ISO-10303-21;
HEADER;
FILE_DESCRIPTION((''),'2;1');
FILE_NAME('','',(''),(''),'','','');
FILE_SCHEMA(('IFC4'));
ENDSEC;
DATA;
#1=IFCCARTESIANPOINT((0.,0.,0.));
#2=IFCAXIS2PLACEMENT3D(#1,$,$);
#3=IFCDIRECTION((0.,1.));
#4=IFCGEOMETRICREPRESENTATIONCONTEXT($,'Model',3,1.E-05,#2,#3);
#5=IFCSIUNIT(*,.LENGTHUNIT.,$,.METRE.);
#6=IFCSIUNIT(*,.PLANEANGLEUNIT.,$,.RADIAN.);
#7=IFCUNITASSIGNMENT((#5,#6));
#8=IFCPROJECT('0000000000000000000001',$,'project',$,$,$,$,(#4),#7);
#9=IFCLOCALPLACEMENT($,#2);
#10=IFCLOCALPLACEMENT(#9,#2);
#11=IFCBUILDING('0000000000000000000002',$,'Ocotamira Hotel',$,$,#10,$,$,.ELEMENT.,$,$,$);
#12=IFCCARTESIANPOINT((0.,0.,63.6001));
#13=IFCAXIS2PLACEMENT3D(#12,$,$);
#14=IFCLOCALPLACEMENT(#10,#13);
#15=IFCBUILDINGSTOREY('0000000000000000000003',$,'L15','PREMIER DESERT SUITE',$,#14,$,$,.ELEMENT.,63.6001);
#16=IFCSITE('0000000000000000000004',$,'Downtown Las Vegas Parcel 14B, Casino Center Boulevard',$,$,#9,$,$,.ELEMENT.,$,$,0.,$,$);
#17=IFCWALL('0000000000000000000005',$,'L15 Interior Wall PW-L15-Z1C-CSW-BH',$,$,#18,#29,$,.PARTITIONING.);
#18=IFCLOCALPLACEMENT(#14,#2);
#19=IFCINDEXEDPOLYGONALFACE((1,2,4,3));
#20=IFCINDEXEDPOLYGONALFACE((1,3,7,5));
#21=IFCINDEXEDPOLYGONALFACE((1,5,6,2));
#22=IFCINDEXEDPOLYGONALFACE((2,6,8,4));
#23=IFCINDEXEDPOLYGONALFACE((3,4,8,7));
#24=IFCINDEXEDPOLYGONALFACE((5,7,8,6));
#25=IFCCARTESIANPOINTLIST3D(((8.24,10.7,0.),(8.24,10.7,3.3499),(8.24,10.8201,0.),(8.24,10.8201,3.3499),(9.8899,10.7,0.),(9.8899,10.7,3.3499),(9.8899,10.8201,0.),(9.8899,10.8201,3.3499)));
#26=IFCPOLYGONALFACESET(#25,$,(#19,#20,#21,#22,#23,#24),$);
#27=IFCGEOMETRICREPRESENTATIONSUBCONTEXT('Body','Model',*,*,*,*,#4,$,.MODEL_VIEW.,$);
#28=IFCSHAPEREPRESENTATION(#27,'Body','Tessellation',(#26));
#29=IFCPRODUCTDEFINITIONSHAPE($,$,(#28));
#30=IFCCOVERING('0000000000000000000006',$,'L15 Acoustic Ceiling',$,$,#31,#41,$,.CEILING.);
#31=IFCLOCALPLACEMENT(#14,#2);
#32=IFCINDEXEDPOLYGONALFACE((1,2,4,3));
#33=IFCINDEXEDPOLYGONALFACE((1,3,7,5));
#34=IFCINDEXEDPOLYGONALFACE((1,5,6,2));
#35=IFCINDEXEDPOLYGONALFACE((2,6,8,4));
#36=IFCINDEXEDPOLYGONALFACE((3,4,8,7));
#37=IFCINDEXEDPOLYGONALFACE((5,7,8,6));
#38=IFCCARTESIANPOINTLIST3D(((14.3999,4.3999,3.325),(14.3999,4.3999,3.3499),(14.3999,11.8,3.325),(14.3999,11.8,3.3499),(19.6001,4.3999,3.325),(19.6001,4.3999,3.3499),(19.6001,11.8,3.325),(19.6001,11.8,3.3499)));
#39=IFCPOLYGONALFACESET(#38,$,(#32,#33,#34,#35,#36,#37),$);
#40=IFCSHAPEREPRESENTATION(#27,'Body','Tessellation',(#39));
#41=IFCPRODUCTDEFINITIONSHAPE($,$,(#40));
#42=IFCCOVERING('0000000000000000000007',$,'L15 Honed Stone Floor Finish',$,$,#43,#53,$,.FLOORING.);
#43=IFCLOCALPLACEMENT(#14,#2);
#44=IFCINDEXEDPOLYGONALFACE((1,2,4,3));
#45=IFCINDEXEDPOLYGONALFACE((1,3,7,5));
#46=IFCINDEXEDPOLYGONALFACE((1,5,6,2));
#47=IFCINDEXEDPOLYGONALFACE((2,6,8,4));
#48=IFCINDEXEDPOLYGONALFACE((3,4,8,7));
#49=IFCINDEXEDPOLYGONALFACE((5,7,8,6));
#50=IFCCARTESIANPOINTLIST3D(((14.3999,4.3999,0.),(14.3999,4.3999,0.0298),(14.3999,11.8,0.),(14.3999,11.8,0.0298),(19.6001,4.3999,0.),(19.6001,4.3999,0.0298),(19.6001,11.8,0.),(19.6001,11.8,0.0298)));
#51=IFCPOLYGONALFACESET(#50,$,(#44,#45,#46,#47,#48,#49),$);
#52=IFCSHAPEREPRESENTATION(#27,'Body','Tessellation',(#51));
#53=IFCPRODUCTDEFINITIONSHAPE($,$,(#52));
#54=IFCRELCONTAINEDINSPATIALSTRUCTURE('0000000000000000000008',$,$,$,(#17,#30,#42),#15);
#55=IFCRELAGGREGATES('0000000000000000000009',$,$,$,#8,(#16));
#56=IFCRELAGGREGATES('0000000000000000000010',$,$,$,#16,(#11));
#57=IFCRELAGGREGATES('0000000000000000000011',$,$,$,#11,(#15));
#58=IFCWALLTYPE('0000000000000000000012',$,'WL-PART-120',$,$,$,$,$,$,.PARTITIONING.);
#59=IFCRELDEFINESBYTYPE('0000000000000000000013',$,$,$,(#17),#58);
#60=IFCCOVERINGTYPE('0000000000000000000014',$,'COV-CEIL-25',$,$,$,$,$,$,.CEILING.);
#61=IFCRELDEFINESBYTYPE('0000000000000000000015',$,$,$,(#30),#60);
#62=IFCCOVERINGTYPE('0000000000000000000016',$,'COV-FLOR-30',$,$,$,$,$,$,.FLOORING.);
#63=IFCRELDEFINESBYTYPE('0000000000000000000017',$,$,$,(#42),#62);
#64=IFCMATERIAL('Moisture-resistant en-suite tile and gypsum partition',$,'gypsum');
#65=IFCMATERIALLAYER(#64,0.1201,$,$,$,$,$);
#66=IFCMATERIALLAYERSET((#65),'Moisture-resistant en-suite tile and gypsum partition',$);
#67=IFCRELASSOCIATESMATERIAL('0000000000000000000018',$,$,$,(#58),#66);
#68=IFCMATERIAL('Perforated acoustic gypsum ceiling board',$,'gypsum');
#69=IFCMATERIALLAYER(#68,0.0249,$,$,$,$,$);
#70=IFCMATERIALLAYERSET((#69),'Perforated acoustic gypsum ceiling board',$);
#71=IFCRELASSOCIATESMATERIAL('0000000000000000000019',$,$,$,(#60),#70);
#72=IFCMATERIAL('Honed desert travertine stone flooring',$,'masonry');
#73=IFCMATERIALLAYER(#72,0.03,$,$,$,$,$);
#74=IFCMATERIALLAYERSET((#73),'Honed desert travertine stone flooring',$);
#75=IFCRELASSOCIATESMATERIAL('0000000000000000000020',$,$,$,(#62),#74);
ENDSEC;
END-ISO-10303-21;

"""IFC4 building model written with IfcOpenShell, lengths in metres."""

from ifc_helpers import new_model, si_unit, direction, frame, frame_2d, origin, place, context, subcontext, project, spatial, polyline, rectangle, outline, extrude, material, layer, layer_set, type_object, element, save


model = new_model("IFC4")

# Units and contexts
model_context = context("Model", 3, precision=1e-05, world=origin(), true_north=direction((0.0, 1.0)))
body_context = subcontext(model_context, "Body", "Model", "MODEL_VIEW")
ifc_project = project(units=[si_unit("LENGTHUNIT", "METRE"), si_unit("PLANEANGLEUNIT", "RADIAN")], contexts=[model_context])

# Site, building, storey
site_placement = place(None, origin())
site = spatial("IfcSite", under=ifc_project, at=site_placement, Name="Downtown Las Vegas Parcel 14B, Casino Center Boulevard", CompositionType="ELEMENT", RefElevation=0.0)
building_placement = place(site_placement, origin())
building = spatial("IfcBuilding", under=site, at=building_placement, Name="Ocotamira Hotel", CompositionType="ELEMENT")
storey_placement = place(building_placement, frame((0.0, 0.0, 63.6001)))
storey = spatial("IfcBuildingStorey", under=building, at=storey_placement, Name="L15", Description="PREMIER DESERT SUITE", CompositionType="ELEMENT", Elevation=63.6001)

# Shared definitions
ifc_material_1 = material(Name="Moisture-resistant en-suite tile and gypsum partition", Category="gypsum")
ifc_layer_1 = layer(ifc_material_1, 0.1201)
ifc_layer_set_1 = layer_set([ifc_layer_1], Name="Moisture-resistant en-suite tile and gypsum partition")
wall_type_1 = type_object("IfcWallType", Name="WL-PART-120", PredefinedType="PARTITIONING", material=ifc_layer_set_1)

# Wall
wall_1_placement = place(storey_placement, frame((8.24, 10.76, 0.0), z_axis=(0.0, 0.0, 1.0), x_axis=(1.0, 0.0, 0.0)))
element("IfcWall", 1, at=wall_1_placement, inside=storey, type_object=wall_type_1, Name="L15 Interior Wall PW-L15-Z1C-CSW-BH", PredefinedType="PARTITIONING", context=body_context, shape_type="SweptSolid", body=[
    extrude(rectangle(XDim=1.6499, YDim=0.1201, at=frame_2d((0.825, 0.0))), origin(), (0.0, 0.0, 1.0), 3.3499),
])

# Coverings
ifc_material_2 = material(Name="Perforated acoustic gypsum ceiling board", Category="gypsum")
ifc_layer_2 = layer(ifc_material_2, 0.0249)
ifc_layer_set_2 = layer_set([ifc_layer_2], Name="Perforated acoustic gypsum ceiling board")
covering_type_1 = type_object("IfcCoveringType", Name="COV-CEIL-25", PredefinedType="CEILING", material=ifc_layer_set_2)
covering_1_placement = place(storey_placement, frame((0.0, 0.0, 3.325)))
element("IfcCovering", 2, at=covering_1_placement, inside=storey, type_object=covering_type_1, Name="L15 Acoustic Ceiling", PredefinedType="CEILING", context=body_context, shape_type="SweptSolid", body=[
    extrude(outline(polyline([(14.3999, 4.3999), (19.6001, 4.3999), (19.6001, 11.8), (14.3999, 11.8), (14.3999, 4.3999)])), origin(), (0.0, 0.0, 1.0), 0.0249),
])
ifc_material_3 = material(Name="Honed desert travertine stone flooring", Category="masonry")
ifc_layer_3 = layer(ifc_material_3, 0.03)
ifc_layer_set_3 = layer_set([ifc_layer_3], Name="Honed desert travertine stone flooring")
covering_type_2 = type_object("IfcCoveringType", Name="COV-FLOR-30", PredefinedType="FLOORING", material=ifc_layer_set_3)
covering_2_placement = place(storey_placement, origin())
element("IfcCovering", 3, at=covering_2_placement, inside=storey, type_object=covering_type_2, Name="L15 Honed Stone Floor Finish", PredefinedType="FLOORING", context=body_context, shape_type="SweptSolid", body=[
    extrude(outline(polyline([(14.3999, 4.3999), (19.6001, 4.3999), (19.6001, 11.8), (14.3999, 11.8), (14.3999, 4.3999)])), origin(), (0.0, 0.0, 1.0), 0.0298),
])

save(model, "model.ifc")
